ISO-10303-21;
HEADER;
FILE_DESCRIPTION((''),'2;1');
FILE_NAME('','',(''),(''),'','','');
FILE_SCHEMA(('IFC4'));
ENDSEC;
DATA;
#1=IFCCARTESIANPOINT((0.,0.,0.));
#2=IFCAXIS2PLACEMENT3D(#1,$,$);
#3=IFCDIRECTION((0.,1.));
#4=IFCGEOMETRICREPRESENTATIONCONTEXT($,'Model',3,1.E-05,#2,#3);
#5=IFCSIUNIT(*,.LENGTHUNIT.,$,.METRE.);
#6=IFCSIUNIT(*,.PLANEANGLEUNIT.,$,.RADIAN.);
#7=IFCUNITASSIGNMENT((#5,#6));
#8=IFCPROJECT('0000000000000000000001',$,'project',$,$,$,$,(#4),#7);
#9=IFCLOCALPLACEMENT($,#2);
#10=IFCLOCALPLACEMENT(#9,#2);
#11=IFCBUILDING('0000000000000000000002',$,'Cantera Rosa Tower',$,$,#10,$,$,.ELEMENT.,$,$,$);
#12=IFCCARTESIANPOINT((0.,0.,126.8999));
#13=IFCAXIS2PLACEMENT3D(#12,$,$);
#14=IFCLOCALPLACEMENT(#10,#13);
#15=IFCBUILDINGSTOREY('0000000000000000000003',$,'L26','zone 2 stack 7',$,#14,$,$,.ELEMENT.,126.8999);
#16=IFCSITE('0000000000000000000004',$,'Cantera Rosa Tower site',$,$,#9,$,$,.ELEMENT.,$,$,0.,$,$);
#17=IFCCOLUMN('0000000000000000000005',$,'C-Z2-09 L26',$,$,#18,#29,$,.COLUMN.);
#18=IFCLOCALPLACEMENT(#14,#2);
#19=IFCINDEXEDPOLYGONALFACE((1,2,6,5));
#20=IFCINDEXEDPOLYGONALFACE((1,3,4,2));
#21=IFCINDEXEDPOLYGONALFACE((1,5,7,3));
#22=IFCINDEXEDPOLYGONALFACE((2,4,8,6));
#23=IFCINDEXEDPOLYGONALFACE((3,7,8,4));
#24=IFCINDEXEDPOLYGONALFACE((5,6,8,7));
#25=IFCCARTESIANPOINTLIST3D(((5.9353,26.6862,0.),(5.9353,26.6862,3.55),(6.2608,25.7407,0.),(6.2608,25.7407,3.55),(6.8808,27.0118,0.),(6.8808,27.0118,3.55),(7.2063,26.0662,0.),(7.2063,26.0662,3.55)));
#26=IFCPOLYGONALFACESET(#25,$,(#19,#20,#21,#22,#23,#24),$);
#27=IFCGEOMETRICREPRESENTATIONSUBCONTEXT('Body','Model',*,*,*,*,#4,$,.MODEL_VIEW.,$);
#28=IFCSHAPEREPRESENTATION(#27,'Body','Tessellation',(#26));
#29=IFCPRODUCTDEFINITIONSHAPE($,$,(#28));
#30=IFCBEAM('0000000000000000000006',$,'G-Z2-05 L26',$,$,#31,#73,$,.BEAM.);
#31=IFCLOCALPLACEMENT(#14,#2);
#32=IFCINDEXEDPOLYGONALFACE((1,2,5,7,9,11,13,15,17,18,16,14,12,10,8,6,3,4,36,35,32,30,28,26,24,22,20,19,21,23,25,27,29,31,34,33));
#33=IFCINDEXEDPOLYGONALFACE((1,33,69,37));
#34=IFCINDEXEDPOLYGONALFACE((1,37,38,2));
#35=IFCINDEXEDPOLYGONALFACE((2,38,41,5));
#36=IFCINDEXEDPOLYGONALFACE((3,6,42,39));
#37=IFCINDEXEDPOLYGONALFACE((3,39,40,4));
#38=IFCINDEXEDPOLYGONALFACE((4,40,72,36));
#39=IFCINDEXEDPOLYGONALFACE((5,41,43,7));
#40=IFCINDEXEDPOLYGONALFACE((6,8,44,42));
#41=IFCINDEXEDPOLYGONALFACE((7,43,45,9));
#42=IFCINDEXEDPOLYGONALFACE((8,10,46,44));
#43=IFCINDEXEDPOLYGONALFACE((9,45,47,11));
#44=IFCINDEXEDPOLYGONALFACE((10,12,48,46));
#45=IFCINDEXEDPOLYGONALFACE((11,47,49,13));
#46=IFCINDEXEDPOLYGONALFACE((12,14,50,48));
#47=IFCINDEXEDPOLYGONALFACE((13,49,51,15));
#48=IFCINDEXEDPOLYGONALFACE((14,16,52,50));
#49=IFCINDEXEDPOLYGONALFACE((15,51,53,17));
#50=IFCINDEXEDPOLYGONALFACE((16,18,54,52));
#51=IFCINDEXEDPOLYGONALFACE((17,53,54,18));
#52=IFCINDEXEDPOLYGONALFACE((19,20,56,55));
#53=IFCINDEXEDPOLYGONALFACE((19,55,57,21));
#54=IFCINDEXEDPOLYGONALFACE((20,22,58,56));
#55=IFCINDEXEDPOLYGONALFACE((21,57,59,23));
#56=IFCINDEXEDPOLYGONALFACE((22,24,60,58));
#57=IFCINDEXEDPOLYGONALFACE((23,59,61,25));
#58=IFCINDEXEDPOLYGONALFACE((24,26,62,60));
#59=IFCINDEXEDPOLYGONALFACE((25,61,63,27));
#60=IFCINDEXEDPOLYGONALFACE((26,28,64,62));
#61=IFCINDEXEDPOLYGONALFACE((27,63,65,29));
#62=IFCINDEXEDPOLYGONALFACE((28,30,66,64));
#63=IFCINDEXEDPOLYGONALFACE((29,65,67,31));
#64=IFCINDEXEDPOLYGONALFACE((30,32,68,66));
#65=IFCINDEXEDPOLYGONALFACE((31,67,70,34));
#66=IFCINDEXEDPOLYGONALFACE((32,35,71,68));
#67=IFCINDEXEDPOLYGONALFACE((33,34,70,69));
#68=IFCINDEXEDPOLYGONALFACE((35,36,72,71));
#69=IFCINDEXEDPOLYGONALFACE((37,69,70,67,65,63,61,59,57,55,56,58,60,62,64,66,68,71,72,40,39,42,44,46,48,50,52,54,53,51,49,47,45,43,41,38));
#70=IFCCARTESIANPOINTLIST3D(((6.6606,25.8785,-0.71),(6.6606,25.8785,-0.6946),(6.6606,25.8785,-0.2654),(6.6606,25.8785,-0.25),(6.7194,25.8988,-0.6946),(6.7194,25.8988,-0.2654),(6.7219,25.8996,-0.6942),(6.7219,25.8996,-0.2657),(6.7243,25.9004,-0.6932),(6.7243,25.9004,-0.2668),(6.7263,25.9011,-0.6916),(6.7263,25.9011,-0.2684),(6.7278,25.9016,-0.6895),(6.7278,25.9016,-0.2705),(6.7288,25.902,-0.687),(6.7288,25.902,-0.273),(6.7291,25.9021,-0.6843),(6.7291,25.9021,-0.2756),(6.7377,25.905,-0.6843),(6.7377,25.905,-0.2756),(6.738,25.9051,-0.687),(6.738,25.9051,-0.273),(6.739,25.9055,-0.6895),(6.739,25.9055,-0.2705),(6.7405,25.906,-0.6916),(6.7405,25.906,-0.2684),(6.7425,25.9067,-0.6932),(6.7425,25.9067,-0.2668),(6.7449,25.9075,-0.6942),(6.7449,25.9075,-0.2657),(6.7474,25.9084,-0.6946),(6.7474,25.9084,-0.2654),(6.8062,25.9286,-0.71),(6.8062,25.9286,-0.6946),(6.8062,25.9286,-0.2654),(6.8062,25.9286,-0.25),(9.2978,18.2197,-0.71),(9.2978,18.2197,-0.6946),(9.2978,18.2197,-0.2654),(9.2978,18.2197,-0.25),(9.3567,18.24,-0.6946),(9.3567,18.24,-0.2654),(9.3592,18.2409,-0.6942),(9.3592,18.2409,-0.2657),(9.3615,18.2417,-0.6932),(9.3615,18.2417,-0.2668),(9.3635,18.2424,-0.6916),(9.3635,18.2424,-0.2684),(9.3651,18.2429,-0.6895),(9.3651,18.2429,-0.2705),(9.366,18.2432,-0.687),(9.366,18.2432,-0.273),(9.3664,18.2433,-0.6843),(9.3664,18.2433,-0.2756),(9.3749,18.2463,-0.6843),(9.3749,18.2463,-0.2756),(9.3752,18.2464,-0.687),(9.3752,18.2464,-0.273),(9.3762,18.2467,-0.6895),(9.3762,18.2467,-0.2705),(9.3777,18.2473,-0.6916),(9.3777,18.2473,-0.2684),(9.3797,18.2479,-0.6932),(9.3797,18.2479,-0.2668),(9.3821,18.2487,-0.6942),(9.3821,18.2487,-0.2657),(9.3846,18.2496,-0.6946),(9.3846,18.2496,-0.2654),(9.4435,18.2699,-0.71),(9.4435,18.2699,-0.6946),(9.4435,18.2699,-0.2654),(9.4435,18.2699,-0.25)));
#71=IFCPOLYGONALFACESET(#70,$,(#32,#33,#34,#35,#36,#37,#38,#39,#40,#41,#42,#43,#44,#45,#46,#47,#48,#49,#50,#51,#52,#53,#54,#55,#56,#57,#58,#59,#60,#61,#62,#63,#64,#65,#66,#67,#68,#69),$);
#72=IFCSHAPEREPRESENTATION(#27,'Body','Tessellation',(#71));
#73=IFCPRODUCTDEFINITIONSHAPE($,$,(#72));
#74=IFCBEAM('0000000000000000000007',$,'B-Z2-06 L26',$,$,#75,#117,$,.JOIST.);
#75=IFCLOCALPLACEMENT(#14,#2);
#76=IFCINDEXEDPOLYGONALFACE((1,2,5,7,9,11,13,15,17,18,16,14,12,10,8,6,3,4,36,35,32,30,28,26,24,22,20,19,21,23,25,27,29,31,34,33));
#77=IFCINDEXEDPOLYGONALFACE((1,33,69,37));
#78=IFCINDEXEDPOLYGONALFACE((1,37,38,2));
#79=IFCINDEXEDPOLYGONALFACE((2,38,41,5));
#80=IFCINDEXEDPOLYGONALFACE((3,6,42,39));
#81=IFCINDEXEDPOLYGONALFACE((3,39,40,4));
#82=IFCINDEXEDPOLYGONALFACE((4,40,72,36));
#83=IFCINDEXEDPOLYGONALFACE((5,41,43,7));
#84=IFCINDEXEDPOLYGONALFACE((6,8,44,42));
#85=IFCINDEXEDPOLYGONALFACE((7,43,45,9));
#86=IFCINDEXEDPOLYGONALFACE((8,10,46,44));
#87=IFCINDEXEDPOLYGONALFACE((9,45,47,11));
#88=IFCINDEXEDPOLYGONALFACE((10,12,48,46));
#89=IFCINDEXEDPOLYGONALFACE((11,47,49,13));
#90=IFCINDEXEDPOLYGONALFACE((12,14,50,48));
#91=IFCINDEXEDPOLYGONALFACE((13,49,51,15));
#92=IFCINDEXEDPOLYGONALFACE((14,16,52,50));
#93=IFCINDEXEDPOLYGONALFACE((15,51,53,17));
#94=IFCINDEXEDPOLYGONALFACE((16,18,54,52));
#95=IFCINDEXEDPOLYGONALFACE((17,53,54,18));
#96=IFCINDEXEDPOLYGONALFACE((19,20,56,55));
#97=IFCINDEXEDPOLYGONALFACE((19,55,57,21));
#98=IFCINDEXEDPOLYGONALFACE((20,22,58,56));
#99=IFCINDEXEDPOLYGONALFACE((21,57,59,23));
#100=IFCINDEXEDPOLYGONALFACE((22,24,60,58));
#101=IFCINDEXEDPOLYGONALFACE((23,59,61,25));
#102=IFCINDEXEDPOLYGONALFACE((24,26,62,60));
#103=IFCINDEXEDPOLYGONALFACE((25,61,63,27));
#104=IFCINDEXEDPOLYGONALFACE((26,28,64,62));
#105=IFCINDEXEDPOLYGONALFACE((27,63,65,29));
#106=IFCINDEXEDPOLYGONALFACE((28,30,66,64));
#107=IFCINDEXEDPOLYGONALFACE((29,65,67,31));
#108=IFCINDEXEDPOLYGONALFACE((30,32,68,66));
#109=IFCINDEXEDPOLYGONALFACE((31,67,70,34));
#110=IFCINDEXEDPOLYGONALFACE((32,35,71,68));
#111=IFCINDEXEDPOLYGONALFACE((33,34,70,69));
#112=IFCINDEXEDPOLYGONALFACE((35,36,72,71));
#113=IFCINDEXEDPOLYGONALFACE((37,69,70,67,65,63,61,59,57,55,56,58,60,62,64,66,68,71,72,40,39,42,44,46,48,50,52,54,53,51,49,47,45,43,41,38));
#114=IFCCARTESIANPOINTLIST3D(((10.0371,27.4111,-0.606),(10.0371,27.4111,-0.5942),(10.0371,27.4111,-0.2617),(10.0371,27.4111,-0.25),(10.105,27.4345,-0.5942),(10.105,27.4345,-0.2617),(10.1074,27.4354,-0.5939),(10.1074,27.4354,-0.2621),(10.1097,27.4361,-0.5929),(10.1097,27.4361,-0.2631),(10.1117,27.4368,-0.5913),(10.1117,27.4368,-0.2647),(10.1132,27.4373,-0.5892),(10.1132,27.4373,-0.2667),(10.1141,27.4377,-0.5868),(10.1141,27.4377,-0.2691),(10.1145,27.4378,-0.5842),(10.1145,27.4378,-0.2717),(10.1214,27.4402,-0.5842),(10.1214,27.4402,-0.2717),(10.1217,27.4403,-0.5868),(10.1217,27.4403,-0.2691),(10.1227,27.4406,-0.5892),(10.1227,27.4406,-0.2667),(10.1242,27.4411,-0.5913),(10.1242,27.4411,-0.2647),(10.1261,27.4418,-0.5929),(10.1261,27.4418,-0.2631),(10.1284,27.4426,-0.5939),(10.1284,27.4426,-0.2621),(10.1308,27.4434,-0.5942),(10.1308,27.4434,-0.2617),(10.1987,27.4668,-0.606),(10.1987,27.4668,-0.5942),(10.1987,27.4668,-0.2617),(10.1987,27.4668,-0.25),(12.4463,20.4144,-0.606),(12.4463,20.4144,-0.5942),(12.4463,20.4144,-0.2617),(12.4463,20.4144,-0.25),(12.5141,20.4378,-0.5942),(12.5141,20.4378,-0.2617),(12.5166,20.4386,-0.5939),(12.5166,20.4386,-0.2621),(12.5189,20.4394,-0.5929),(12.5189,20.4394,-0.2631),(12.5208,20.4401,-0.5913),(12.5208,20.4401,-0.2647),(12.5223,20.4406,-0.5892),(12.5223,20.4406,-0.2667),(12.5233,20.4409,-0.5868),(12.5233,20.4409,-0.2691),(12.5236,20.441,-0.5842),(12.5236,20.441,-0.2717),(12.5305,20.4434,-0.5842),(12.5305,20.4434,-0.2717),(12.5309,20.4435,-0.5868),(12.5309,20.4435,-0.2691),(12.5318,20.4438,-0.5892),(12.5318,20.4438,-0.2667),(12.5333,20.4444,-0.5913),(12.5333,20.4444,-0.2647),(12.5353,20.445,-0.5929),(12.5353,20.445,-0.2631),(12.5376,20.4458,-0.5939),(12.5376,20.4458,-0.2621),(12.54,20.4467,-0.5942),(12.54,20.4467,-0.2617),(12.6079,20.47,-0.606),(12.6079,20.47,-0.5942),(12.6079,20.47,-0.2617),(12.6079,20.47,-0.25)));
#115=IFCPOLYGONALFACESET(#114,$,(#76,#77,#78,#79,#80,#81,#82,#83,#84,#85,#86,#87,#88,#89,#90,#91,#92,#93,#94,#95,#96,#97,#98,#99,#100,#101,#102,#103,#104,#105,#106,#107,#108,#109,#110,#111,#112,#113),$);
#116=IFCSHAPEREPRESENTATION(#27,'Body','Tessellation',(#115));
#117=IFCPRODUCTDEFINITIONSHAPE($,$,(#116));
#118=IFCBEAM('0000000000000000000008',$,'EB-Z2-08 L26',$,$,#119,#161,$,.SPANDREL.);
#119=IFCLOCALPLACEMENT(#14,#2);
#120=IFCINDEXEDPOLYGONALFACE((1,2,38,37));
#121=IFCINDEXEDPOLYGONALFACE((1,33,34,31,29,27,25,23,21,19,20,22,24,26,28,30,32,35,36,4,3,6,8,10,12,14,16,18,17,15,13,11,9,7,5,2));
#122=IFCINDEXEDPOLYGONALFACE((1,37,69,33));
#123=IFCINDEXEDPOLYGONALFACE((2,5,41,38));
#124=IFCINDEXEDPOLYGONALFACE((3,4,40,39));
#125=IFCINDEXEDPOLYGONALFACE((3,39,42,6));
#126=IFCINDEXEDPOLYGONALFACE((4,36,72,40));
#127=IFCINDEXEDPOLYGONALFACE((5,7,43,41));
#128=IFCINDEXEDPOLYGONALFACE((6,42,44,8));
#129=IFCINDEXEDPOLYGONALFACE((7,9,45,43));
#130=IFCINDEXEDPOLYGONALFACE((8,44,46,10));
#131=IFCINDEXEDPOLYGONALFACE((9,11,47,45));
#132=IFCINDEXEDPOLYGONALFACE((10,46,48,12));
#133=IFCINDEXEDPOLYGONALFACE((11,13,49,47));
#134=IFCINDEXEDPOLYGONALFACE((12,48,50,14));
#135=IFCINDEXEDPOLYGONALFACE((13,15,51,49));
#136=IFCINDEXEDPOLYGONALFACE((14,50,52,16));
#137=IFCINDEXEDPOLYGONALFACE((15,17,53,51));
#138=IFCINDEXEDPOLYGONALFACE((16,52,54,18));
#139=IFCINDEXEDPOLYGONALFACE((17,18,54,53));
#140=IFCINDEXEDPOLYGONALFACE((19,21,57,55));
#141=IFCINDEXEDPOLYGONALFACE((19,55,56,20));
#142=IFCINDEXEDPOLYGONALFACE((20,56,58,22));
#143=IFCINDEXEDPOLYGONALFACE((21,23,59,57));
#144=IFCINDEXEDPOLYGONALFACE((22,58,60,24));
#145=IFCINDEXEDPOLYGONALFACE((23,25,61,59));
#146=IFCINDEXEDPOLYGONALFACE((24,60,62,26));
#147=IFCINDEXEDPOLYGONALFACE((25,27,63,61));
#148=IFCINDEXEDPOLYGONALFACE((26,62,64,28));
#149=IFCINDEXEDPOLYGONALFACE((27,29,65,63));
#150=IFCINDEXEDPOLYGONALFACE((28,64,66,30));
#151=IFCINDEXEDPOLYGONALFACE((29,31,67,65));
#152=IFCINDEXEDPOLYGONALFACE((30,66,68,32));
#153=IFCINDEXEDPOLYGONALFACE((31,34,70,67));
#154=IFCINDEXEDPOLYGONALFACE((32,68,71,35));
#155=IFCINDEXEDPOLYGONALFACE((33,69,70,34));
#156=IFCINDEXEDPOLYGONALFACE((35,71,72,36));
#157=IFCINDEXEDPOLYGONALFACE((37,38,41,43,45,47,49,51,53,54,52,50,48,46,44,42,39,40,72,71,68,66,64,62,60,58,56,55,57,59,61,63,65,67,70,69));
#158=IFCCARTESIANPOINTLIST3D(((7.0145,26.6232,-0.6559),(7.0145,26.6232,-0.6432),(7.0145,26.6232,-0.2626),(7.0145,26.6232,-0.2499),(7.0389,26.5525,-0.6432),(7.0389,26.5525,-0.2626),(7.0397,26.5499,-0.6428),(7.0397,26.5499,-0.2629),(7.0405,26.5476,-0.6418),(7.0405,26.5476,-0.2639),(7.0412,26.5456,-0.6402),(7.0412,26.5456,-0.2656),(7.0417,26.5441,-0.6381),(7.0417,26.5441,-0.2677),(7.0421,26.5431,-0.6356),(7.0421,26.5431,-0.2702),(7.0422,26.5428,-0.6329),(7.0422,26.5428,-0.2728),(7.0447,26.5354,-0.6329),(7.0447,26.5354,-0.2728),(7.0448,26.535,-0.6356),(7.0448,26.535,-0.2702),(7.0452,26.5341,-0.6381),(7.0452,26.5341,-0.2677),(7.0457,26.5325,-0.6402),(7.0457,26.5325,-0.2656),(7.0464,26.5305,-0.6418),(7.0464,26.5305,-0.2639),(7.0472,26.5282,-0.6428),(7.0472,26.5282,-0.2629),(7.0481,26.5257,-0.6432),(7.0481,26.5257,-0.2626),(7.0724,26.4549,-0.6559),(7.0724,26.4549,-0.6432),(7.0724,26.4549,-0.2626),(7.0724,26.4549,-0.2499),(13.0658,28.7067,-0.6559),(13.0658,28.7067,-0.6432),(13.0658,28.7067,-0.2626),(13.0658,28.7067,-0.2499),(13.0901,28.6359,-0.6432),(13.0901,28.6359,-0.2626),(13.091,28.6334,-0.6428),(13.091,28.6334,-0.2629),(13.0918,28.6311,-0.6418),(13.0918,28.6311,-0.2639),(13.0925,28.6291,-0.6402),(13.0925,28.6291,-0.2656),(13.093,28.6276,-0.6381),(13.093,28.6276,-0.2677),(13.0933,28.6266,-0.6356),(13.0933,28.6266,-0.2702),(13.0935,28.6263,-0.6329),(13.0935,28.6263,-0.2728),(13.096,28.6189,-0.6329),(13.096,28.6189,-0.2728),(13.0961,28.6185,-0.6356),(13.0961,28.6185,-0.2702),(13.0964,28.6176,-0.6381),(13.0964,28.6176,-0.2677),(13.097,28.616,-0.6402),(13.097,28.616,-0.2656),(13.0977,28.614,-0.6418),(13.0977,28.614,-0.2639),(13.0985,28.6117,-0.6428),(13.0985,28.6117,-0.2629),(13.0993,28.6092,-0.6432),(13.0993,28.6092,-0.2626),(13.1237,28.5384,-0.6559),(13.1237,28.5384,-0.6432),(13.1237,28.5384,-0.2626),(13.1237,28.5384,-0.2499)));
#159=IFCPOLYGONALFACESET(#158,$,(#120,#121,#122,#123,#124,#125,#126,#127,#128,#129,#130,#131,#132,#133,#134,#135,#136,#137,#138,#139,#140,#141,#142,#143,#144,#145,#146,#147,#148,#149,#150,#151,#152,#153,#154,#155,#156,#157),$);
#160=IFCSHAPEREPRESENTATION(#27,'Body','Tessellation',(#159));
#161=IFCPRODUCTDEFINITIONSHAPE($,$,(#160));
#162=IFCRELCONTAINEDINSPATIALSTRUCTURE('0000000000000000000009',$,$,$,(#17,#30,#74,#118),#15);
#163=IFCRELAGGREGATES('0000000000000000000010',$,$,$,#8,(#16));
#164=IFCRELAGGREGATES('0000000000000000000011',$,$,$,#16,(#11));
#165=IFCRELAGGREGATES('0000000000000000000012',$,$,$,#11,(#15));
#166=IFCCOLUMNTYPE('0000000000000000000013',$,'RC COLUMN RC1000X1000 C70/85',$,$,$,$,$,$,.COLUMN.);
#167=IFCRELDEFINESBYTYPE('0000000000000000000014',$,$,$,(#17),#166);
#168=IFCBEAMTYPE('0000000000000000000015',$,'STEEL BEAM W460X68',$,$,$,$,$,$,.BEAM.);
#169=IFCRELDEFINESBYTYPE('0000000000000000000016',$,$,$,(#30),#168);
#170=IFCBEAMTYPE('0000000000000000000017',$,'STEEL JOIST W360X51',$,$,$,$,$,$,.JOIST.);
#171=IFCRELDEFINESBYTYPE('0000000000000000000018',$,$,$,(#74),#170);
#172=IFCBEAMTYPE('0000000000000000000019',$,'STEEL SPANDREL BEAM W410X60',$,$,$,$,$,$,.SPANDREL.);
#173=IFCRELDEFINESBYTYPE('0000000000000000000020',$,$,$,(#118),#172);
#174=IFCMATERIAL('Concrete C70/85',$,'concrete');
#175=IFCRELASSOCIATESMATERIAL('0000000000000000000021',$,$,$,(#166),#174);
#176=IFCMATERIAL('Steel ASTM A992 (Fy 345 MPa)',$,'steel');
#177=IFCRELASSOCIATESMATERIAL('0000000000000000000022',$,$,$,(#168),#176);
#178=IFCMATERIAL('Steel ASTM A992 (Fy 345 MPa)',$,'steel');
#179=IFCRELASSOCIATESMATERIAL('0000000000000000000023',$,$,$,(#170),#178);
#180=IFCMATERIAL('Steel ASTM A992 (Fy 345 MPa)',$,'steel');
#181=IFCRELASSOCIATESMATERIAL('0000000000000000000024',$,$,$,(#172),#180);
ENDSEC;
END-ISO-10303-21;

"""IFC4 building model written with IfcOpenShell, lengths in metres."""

from ifc_helpers import new_model, si_unit, direction, frame, origin, origin_2d, place, context, subcontext, project, spatial, rectangle, i_section, extrude, material, material_profile, profile_set, type_object, element, save


model = new_model("IFC4")

# Units and contexts
model_context = context("Model", 3, precision=1e-05, world=origin(), true_north=direction((0.0, 1.0)))
body_context = subcontext(model_context, "Body", "Model", "MODEL_VIEW")
ifc_project = project(units=[si_unit("LENGTHUNIT", "METRE"), si_unit("PLANEANGLEUNIT", "RADIAN")], contexts=[model_context])

# Site, building, storey
site_placement = place(None, origin())
site = spatial("IfcSite", under=ifc_project, at=site_placement, Name="Cantera Rosa Tower site", CompositionType="ELEMENT", RefElevation=0.0)
building_placement = place(site_placement, origin())
building = spatial("IfcBuilding", under=site, at=building_placement, Name="Cantera Rosa Tower", CompositionType="ELEMENT")
storey_placement = place(building_placement, frame((0.0, 0.0, 126.8999)))
storey = spatial("IfcBuildingStorey", under=building, at=storey_placement, Name="L26", Description="zone 2 stack 7", CompositionType="ELEMENT", Elevation=126.8999)

# Column
ifc_material_1 = material(Name="Concrete C70/85", Category="concrete")
ifc_material_profile_1 = material_profile(ifc_material_1, rectangle(XDim=1.0, YDim=1.0, at=origin_2d()), Name="RC COLUMN RC1000X1000 C70/85")
ifc_profile_set_1 = profile_set([ifc_material_profile_1], Name="Concrete C70/85")
column_type = type_object("IfcColumnType", Name="RC COLUMN RC1000X1000 C70/85", PredefinedType="COLUMN", material=ifc_profile_set_1)
column_placement = place(storey_placement, frame((6.5708, 26.3762, 0.0), z_axis=(0.0, 0.0, 1.0), x_axis=(0.945519, 0.325568, 0.0)))
element("IfcColumn", 1, at=column_placement, inside=storey, type_object=column_type, Name="C-Z2-09 L26", PredefinedType="COLUMN", context=body_context, shape_type="SweptSolid", body=[
    extrude(rectangle(XDim=1.0, YDim=1.0, at=origin_2d()), origin(), (0.0, 0.0, 1.0), 3.55),
])

# Beams
ifc_material_2 = material(Name="Steel ASTM A992 (Fy 345 MPa)", Category="steel")
ifc_material_profile_2 = material_profile(ifc_material_2, i_section(OverallWidth=0.1541, OverallDepth=0.46, WebThickness=0.009, FlangeThickness=0.0154, FilletRadius=0.0103, at=origin_2d()), Name="W460X68")
ifc_profile_set_2 = profile_set([ifc_material_profile_2], Name="Steel ASTM A992 (Fy 345 MPa)")
beam_type_1 = type_object("IfcBeamType", Name="STEEL BEAM W460X68", PredefinedType="BEAM", material=ifc_profile_set_2)
beam_1_placement = place(storey_placement, frame((6.7334, 25.9036, -0.48), z_axis=(0.32558, -0.945514, 0.0), x_axis=(0.945514, 0.32558, 0.0)))
element("IfcBeam", 2, at=beam_1_placement, inside=storey, type_object=beam_type_1, Name="G-Z2-05 L26", PredefinedType="BEAM", context=body_context, shape_type="SweptSolid", body=[
    extrude(i_section(OverallWidth=0.1541, OverallDepth=0.46, WebThickness=0.009, FlangeThickness=0.0154, FilletRadius=0.0103, at=origin_2d()), origin(), (0.0, 0.0, 1.0), 8.1001),
])
ifc_material_3 = material(Name="Steel ASTM A992 (Fy 345 MPa)", Category="steel")
ifc_material_profile_3 = material_profile(ifc_material_3, i_section(OverallWidth=0.1709, OverallDepth=0.356, WebThickness=0.0073, FlangeThickness=0.0117, FilletRadius=0.01, at=origin_2d()), Name="W360X51")
ifc_profile_set_3 = profile_set([ifc_material_profile_3], Name="Steel ASTM A992 (Fy 345 MPa)")
beam_type_2 = type_object("IfcBeamType", Name="STEEL JOIST W360X51", PredefinedType="JOIST", material=ifc_profile_set_3)
beam_2_placement = place(storey_placement, frame((10.1179, 27.439, -0.428), z_axis=(0.325566, -0.945519, 0.0), x_axis=(0.945519, 0.325566, 0.0)))
element("IfcBeam", 3, at=beam_2_placement, inside=storey, type_object=beam_type_2, Name="B-Z2-06 L26", PredefinedType="JOIST", context=body_context, shape_type="SweptSolid", body=[
    extrude(i_section(OverallWidth=0.1709, OverallDepth=0.356, WebThickness=0.0073, FlangeThickness=0.0117, FilletRadius=0.01, at=origin_2d()), origin(), (0.0, 0.0, 1.0), 7.3999),
])
ifc_material_4 = material(Name="Steel ASTM A992 (Fy 345 MPa)", Category="steel")
ifc_material_profile_4 = material_profile(ifc_material_4, i_section(OverallWidth=0.178, OverallDepth=0.406, WebThickness=0.0078, FlangeThickness=0.0127, FilletRadius=0.0103, at=origin_2d()), Name="W410X60")
ifc_profile_set_4 = profile_set([ifc_material_profile_4], Name="Steel ASTM A992 (Fy 345 MPa)")
beam_type_3 = type_object("IfcBeamType", Name="STEEL SPANDREL BEAM W410X60", PredefinedType="SPANDREL", material=ifc_profile_set_4)
for number, where, z_axis, x_axis, name in (
    (4, (13.0947, 28.6226, -0.4529), (-0.945524, -0.325551, 0.0), (0.325551, -0.945524, 0.0), "EB-Z2-08 L26"),
):
    element("IfcBeam", number, at=place(storey_placement, frame(where, z_axis=z_axis, x_axis=x_axis)), inside=storey, type_object=beam_type_3, Name=name, PredefinedType="SPANDREL", context=body_context, shape_type="SweptSolid", body=[
        extrude(i_section(OverallWidth=0.178, OverallDepth=0.406, WebThickness=0.0078, FlangeThickness=0.0127, FilletRadius=0.0103, at=origin_2d()), origin(), (0.0, 0.0, 1.0), 6.3999),
    ])

save(model, "model.ifc")
